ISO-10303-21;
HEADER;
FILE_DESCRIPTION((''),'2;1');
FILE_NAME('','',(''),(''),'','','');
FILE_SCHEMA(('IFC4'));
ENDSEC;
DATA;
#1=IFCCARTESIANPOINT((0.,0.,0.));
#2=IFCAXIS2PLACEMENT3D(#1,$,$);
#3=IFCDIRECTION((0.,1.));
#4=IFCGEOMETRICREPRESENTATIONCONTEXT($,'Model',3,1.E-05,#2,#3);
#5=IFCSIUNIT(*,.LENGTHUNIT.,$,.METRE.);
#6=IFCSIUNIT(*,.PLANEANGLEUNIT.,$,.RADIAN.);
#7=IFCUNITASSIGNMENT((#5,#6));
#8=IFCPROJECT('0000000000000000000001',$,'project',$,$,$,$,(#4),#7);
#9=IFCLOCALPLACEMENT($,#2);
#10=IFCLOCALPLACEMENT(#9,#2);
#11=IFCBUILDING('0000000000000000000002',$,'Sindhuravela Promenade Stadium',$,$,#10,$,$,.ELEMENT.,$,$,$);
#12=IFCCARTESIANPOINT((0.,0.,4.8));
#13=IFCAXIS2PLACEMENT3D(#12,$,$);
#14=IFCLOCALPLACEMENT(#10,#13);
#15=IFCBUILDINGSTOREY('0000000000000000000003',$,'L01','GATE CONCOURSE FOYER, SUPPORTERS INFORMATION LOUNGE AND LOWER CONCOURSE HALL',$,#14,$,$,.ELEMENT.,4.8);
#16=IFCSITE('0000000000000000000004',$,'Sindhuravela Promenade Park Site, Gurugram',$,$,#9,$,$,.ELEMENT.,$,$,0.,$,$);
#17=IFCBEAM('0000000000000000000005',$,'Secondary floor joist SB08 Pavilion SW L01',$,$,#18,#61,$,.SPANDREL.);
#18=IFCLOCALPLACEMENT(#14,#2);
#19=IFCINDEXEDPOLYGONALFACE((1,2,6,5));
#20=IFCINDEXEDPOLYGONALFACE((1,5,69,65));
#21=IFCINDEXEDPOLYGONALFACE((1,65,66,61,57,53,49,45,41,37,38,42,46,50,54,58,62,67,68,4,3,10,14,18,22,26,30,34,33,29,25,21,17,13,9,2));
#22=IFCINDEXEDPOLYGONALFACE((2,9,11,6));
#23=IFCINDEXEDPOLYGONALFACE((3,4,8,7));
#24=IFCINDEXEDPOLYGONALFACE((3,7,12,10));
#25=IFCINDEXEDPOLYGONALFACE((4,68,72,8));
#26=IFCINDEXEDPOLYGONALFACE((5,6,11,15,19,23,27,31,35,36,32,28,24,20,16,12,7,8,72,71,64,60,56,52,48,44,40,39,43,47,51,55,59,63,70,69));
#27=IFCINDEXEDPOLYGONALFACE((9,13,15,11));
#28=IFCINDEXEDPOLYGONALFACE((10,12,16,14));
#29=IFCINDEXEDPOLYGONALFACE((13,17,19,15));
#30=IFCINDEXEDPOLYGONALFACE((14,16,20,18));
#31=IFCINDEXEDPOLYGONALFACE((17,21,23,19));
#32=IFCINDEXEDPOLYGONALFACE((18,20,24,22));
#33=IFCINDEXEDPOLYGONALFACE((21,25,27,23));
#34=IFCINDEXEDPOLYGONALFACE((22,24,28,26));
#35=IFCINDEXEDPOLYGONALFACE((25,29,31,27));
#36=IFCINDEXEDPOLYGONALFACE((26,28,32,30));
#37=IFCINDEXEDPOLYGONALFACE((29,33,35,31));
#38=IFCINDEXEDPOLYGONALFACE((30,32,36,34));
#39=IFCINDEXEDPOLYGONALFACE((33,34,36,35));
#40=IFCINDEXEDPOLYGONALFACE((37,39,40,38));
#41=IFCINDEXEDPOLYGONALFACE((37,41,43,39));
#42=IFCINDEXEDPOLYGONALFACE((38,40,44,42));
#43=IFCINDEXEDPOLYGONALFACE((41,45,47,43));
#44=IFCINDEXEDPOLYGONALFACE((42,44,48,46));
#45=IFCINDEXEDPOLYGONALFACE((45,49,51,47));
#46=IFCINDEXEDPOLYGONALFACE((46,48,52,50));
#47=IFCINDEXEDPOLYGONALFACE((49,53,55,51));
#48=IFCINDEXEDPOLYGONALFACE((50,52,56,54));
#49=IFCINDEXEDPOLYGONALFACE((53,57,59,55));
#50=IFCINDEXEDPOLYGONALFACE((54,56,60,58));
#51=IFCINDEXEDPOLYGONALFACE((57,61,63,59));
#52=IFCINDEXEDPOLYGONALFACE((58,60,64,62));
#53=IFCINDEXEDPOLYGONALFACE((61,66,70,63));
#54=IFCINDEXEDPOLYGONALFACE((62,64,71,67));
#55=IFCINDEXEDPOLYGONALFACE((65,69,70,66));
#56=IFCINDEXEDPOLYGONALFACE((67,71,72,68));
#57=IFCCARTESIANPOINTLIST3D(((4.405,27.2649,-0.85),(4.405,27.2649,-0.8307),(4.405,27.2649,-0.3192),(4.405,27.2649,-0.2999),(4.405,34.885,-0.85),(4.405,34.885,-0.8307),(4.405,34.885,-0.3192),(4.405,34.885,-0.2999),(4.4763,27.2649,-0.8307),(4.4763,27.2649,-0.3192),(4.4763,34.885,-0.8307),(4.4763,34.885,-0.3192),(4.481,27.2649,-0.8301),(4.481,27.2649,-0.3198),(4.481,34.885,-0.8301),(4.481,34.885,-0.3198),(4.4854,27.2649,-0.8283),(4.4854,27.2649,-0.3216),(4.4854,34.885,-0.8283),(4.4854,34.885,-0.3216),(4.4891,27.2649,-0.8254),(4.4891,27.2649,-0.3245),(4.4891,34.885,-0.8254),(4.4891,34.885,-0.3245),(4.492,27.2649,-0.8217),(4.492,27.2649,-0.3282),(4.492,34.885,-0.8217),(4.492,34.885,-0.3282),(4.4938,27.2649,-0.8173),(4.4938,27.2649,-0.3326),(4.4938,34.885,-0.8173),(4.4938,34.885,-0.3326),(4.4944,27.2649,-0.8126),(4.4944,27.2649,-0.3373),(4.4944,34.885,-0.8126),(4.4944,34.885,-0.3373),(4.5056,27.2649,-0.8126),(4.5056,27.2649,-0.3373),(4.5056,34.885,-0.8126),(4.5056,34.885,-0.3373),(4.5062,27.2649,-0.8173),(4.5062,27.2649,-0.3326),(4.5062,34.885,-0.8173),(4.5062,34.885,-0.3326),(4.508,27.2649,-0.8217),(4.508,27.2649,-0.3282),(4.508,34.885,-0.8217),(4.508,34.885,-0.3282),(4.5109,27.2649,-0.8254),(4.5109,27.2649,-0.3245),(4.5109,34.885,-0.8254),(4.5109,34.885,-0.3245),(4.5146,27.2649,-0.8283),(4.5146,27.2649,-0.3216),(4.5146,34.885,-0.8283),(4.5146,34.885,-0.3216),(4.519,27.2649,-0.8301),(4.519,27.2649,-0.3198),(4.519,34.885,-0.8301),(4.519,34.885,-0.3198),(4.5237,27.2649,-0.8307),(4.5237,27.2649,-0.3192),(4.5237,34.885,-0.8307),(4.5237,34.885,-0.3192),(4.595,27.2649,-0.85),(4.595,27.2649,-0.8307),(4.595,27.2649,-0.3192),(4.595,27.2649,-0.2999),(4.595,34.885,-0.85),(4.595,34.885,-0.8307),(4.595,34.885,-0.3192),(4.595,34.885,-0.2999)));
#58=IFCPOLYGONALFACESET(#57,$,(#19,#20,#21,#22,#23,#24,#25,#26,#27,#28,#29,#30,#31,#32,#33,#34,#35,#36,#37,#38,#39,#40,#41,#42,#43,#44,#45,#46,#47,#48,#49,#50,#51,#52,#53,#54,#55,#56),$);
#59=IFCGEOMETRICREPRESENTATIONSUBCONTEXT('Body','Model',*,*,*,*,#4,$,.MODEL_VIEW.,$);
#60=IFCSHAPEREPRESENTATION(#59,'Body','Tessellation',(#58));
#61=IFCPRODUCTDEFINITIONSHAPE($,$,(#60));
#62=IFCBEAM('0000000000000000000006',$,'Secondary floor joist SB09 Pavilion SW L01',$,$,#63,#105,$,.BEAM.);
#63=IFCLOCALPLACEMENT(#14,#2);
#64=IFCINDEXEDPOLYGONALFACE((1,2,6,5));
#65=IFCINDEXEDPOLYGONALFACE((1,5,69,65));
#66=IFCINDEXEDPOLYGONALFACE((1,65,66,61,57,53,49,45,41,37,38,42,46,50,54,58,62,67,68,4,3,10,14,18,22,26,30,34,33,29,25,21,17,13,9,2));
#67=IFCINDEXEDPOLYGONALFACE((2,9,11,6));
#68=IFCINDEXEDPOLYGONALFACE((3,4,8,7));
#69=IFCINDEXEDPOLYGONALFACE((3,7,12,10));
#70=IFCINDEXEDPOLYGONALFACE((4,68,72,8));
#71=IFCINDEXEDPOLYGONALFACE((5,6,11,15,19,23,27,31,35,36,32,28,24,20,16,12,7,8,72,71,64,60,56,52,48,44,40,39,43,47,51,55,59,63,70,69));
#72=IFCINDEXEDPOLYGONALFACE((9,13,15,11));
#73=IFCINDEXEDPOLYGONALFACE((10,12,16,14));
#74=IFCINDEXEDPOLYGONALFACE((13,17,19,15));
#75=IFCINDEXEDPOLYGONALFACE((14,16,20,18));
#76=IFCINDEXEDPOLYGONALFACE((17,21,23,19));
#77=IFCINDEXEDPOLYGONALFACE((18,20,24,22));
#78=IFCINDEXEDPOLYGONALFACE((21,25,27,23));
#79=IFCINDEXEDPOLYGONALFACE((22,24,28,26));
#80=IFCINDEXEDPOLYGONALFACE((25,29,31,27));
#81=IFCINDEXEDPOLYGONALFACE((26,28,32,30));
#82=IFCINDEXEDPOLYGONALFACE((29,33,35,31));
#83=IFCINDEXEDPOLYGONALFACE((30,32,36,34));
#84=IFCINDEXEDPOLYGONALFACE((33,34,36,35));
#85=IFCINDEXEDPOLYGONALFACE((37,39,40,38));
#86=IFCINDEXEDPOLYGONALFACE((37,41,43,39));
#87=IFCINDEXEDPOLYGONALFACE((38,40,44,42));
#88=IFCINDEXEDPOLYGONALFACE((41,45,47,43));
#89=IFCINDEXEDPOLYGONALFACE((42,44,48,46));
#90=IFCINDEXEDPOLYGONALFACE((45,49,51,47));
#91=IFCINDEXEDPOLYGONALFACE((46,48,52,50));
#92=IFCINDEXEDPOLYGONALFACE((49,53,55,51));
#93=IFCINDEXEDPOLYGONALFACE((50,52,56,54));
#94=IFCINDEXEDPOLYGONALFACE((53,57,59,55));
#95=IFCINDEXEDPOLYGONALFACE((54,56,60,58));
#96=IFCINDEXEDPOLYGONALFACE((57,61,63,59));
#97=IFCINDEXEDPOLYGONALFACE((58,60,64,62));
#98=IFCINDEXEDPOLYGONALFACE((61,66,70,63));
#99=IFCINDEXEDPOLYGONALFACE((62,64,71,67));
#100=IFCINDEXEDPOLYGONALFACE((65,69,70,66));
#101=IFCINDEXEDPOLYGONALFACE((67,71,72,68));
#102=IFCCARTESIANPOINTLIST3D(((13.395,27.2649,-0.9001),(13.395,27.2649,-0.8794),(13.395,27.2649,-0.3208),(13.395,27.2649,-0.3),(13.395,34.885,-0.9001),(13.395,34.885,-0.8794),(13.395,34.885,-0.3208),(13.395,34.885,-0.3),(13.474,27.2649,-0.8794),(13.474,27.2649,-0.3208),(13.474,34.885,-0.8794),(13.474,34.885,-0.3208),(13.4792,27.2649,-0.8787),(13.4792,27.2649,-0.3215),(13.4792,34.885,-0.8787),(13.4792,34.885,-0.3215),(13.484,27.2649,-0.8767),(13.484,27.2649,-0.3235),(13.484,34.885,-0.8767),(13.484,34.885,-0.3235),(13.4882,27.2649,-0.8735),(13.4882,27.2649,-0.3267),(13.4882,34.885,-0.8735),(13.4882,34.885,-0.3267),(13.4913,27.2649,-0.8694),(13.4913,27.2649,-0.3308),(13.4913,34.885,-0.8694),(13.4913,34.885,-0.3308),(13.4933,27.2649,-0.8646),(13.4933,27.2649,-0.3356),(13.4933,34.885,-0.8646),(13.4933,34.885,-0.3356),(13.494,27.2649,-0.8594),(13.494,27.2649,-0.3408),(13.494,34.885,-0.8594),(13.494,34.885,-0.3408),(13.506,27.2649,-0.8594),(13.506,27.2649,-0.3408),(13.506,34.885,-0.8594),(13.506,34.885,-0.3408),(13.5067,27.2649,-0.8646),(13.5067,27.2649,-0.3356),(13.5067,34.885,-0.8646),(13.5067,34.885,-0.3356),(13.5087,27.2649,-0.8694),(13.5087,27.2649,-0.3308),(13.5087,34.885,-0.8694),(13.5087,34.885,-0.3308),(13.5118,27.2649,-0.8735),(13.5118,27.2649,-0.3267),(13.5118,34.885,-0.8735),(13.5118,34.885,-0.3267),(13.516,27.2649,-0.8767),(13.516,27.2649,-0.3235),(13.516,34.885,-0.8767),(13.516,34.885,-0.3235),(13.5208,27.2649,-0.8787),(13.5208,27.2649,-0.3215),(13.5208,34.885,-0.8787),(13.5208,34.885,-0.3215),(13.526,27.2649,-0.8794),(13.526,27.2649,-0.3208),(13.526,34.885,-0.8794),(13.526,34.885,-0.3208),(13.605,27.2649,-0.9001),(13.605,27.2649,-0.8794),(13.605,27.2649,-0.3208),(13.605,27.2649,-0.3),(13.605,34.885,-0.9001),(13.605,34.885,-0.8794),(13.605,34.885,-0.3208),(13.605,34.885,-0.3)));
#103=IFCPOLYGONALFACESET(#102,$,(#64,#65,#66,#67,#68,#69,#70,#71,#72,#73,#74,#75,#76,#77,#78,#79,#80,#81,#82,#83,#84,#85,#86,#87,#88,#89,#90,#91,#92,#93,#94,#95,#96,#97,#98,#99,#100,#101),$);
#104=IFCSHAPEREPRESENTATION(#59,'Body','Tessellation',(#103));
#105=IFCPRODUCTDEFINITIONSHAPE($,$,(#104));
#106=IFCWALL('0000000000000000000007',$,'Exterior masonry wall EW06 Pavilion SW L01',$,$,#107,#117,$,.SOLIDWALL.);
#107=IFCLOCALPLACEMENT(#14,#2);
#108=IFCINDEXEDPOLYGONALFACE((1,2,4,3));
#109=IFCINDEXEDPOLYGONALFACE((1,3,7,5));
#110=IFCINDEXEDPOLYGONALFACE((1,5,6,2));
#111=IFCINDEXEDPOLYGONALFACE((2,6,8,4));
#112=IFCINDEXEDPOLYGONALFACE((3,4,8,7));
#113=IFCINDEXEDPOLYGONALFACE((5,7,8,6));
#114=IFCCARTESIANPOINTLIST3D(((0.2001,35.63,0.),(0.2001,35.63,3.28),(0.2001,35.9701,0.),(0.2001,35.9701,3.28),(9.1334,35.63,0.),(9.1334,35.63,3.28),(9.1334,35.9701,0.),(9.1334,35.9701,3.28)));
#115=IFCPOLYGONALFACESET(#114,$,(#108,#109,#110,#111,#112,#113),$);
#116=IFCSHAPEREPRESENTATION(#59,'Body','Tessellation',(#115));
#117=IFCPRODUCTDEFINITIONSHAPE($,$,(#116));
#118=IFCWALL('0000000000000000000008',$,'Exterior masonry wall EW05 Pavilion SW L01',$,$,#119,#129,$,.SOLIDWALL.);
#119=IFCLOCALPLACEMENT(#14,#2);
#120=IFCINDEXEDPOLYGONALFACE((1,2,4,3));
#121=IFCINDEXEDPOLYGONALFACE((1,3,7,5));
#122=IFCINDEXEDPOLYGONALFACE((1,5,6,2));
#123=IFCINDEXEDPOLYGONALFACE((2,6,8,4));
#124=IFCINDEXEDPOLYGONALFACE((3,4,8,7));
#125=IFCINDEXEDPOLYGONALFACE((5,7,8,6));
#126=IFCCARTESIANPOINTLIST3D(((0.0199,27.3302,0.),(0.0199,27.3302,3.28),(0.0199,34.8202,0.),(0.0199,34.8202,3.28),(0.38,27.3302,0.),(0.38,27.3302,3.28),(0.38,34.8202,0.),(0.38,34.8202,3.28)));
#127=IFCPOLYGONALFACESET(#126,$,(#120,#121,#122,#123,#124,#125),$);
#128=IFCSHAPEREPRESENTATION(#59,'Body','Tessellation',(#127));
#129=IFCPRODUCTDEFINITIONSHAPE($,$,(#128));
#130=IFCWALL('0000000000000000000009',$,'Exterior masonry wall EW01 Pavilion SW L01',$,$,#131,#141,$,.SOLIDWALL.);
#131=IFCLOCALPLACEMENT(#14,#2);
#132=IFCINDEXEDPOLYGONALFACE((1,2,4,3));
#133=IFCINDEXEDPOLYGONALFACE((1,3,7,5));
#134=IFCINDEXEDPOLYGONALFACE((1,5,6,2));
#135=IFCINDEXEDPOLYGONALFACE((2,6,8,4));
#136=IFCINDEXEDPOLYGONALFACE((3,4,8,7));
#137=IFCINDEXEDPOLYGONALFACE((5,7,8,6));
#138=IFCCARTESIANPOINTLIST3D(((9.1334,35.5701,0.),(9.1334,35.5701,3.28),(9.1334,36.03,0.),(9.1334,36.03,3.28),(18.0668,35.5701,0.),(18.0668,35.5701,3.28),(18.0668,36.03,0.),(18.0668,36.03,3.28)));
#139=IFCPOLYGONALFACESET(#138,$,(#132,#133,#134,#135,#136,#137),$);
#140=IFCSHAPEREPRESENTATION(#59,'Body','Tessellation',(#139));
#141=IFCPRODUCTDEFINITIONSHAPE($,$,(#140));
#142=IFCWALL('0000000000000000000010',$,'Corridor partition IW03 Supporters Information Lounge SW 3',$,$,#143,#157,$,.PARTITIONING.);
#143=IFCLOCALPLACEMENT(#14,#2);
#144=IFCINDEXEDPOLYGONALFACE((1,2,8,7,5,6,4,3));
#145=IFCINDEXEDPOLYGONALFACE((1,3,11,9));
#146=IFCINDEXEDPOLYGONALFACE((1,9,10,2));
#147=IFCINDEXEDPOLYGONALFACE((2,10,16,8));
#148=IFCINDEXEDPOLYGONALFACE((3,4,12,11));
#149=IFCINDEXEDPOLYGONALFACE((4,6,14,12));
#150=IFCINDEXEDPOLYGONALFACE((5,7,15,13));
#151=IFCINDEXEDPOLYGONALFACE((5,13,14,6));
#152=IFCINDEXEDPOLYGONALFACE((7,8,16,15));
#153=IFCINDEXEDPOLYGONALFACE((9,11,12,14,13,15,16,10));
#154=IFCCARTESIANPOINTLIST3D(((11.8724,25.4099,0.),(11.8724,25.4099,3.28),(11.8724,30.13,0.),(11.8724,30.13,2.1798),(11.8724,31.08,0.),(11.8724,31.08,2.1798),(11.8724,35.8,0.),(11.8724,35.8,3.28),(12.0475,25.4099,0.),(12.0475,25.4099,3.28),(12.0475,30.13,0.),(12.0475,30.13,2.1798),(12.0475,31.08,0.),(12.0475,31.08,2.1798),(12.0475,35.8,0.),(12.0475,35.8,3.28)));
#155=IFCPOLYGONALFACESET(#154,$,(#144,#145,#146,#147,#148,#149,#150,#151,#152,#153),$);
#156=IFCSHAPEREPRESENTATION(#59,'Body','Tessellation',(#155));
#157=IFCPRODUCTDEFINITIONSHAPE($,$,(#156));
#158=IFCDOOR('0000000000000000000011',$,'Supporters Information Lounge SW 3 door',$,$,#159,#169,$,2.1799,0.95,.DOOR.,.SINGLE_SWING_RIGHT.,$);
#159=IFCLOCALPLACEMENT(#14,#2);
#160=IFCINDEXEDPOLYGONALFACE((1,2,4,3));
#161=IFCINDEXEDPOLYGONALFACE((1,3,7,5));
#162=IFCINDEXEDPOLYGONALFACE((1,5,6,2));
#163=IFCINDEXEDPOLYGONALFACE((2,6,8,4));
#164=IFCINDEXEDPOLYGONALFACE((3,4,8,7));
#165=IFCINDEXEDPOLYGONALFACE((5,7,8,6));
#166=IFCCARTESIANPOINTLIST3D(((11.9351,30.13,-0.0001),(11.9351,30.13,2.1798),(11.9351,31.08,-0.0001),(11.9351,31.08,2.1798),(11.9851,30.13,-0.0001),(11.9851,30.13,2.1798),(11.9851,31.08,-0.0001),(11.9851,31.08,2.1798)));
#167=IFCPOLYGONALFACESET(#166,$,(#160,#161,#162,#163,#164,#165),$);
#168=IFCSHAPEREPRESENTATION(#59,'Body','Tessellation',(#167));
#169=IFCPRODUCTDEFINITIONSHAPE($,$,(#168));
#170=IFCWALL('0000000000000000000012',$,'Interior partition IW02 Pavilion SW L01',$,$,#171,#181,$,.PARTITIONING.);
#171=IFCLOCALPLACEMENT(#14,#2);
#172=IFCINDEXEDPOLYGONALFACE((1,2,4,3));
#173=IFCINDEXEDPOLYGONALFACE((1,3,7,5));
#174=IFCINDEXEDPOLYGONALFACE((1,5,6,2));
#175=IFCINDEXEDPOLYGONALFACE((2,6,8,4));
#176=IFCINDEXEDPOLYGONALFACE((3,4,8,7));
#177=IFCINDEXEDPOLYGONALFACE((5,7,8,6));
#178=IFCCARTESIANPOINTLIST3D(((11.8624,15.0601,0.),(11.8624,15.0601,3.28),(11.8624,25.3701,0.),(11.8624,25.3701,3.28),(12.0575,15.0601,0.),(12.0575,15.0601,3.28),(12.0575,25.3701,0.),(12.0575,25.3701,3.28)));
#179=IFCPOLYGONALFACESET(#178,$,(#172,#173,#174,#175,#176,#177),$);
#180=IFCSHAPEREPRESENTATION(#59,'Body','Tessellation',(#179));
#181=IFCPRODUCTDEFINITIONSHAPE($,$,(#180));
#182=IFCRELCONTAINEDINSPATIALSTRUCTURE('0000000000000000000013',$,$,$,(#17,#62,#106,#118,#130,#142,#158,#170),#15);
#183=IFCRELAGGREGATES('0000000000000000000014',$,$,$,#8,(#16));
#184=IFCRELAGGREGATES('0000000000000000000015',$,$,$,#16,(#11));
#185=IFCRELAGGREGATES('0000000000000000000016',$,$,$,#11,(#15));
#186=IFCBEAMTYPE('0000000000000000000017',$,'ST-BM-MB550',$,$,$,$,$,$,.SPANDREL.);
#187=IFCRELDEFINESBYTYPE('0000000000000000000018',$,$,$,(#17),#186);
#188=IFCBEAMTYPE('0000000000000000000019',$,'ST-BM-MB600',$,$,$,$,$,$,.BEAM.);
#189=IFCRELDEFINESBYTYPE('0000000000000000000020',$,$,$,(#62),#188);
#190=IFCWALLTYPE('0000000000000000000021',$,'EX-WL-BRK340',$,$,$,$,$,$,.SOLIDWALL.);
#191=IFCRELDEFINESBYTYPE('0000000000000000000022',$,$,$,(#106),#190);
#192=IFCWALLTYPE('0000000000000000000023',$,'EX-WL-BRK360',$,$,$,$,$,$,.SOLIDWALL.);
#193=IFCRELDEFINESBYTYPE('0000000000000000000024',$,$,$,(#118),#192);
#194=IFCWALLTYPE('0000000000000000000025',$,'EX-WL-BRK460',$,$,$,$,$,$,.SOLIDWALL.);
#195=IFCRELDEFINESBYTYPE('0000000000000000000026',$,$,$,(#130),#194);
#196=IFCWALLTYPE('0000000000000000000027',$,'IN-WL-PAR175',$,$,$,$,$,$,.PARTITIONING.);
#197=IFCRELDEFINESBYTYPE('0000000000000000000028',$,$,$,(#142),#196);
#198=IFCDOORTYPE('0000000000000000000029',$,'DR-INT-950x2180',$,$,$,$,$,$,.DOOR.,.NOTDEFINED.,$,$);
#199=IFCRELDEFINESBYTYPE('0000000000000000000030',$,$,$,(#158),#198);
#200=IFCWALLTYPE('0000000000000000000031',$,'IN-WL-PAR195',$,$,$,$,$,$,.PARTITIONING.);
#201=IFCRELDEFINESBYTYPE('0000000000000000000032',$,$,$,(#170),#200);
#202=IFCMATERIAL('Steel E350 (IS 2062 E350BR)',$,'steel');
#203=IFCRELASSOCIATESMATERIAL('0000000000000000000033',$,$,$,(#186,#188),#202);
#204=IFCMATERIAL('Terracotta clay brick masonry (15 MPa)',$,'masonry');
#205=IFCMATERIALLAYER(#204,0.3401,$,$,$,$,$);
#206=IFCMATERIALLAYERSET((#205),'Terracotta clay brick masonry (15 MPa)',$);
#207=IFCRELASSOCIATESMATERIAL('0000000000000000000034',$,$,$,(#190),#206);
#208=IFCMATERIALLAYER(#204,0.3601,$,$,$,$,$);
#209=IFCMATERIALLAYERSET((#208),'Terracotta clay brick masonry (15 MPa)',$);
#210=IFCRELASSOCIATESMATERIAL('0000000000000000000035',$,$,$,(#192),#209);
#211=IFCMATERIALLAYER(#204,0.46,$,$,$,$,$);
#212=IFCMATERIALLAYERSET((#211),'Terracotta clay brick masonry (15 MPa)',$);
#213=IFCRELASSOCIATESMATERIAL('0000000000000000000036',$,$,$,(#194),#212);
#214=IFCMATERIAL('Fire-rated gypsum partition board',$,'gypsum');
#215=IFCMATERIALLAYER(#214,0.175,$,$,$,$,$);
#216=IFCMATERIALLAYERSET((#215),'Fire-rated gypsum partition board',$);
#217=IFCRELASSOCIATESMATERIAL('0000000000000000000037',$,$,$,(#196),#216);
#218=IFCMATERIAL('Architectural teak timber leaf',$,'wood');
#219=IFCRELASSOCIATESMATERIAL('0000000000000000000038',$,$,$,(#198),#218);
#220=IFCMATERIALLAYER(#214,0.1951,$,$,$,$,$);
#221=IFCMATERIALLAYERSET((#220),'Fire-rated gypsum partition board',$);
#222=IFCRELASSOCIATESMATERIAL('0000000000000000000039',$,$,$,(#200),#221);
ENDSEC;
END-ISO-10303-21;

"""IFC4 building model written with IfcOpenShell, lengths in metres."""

from ifc_helpers import new_model, si_unit, direction, frame, frame_2d, origin, origin_2d, place, context, subcontext, project, spatial, rectangle, i_section, extrude, material, layer, layer_set, material_profile, profile_set, type_object, element, fill, save


model = new_model("IFC4")

# Units and contexts
model_context = context("Model", 3, precision=1e-05, world=origin(), true_north=direction((0.0, 1.0)))
body_context = subcontext(model_context, "Body", "Model", "MODEL_VIEW")
ifc_project = project(units=[si_unit("LENGTHUNIT", "METRE"), si_unit("PLANEANGLEUNIT", "RADIAN")], contexts=[model_context])

# Site, building, storey
site_placement = place(None, origin())
site = spatial("IfcSite", under=ifc_project, at=site_placement, Name="Sindhuravela Promenade Park Site, Gurugram", CompositionType="ELEMENT", RefElevation=0.0)
building_placement = place(site_placement, origin())
building = spatial("IfcBuilding", under=site, at=building_placement, Name="Sindhuravela Promenade Stadium", CompositionType="ELEMENT")
storey_placement = place(building_placement, frame((0.0, 0.0, 4.8)))
storey = spatial("IfcBuildingStorey", under=building, at=storey_placement, Name="L01", Description="GATE CONCOURSE FOYER, SUPPORTERS INFORMATION LOUNGE AND LOWER CONCOURSE HALL", CompositionType="ELEMENT", Elevation=4.8)

# Beams
ifc_material_1 = material(Name="Steel E350 (IS 2062 E350BR)", Category="steel")
ifc_material_profile_1 = material_profile(ifc_material_1, i_section(OverallWidth=0.1899, OverallDepth=0.55, WebThickness=0.0112, FlangeThickness=0.0193, FilletRadius=0.0181, at=origin_2d()), Name="ISMB 550")
ifc_profile_set_1 = profile_set([ifc_material_profile_1], Name="Steel E350 (IS 2062 E350BR)")
beam_type_1 = type_object("IfcBeamType", Name="ST-BM-MB550", PredefinedType="SPANDREL", material=ifc_profile_set_1)
beam_1_placement = place(storey_placement, frame((4.5, 27.2649, -0.575), z_axis=(0.0, 1.0, 0.0), x_axis=(-1.0, 0.0, 0.0)))
element("IfcBeam", 1, at=beam_1_placement, inside=storey, type_object=beam_type_1, Name="Secondary floor joist SB08 Pavilion SW L01", PredefinedType="SPANDREL", context=body_context, shape_type="SweptSolid", body=[
    extrude(i_section(OverallWidth=0.1899, OverallDepth=0.55, WebThickness=0.0112, FlangeThickness=0.0193, FilletRadius=0.0181, at=origin_2d()), origin(), (0.0, 0.0, 1.0), 7.6201),
])
ifc_material_profile_2 = material_profile(ifc_material_1, i_section(OverallWidth=0.21, OverallDepth=0.6001, WebThickness=0.012, FlangeThickness=0.0208, FilletRadius=0.02, at=origin_2d()), Name="ISMB 600")
ifc_profile_set_2 = profile_set([ifc_material_profile_2], Name="Steel E350 (IS 2062 E350BR)")
beam_type_2 = type_object("IfcBeamType", Name="ST-BM-MB600", PredefinedType="BEAM", material=ifc_profile_set_2)
beam_2_placement = place(storey_placement, frame((13.5, 27.2649, -0.6001), z_axis=(0.0, 1.0, 0.0), x_axis=(-1.0, 0.0, 0.0)))
element("IfcBeam", 2, at=beam_2_placement, inside=storey, type_object=beam_type_2, Name="Secondary floor joist SB09 Pavilion SW L01", PredefinedType="BEAM", context=body_context, shape_type="SweptSolid", body=[
    extrude(i_section(OverallWidth=0.21, OverallDepth=0.6001, WebThickness=0.012, FlangeThickness=0.0208, FilletRadius=0.02, at=origin_2d()), origin(), (0.0, 0.0, 1.0), 7.6201),
])

# Walls
ifc_material_2 = material(Name="Terracotta clay brick masonry (15 MPa)", Category="masonry")
ifc_layer_1 = layer(ifc_material_2, 0.3401)
ifc_layer_set_1 = layer_set([ifc_layer_1], Name="Terracotta clay brick masonry (15 MPa)")
wall_type_1 = type_object("IfcWallType", Name="EX-WL-BRK340", PredefinedType="SOLIDWALL", material=ifc_layer_set_1)
wall_1_placement = place(storey_placement, frame((0.2, 35.8, 0.0), z_axis=(0.0, 0.0, 1.0), x_axis=(1.0, 0.0, 0.0)))
element("IfcWall", 3, at=wall_1_placement, inside=storey, type_object=wall_type_1, Name="Exterior masonry wall EW06 Pavilion SW L01", PredefinedType="SOLIDWALL", context=body_context, shape_type="SweptSolid", body=[
    extrude(rectangle(XDim=8.9333, YDim=0.3401, at=frame_2d((4.4668, 0.0))), origin(), (0.0, 0.0, 1.0), 3.28),
])
ifc_layer_2 = layer(ifc_material_2, 0.3601)
ifc_layer_set_2 = layer_set([ifc_layer_2], Name="Terracotta clay brick masonry (15 MPa)")
wall_type_2 = type_object("IfcWallType", Name="EX-WL-BRK360", PredefinedType="SOLIDWALL", material=ifc_layer_set_2)
wall_2_placement = place(storey_placement, frame((0.2, 27.3301, 0.0), z_axis=(0.0, 0.0, 1.0), x_axis=(0.0, 1.0, 0.0)))
element("IfcWall", 4, at=wall_2_placement, inside=storey, type_object=wall_type_2, Name="Exterior masonry wall EW05 Pavilion SW L01", PredefinedType="SOLIDWALL", context=body_context, shape_type="SweptSolid", body=[
    extrude(rectangle(XDim=7.49, YDim=0.3601, at=frame_2d((3.7451, 0.0))), origin(), (0.0, 0.0, 1.0), 3.28),
])
ifc_layer_3 = layer(ifc_material_2, 0.46)
ifc_layer_set_3 = layer_set([ifc_layer_3], Name="Terracotta clay brick masonry (15 MPa)")
wall_type_3 = type_object("IfcWallType", Name="EX-WL-BRK460", PredefinedType="SOLIDWALL", material=ifc_layer_set_3)
wall_3_placement = place(storey_placement, frame((9.1333, 35.8, 0.0), z_axis=(0.0, 0.0, 1.0), x_axis=(1.0, 0.0, 0.0)))
element("IfcWall", 5, at=wall_3_placement, inside=storey, type_object=wall_type_3, Name="Exterior masonry wall EW01 Pavilion SW L01", PredefinedType="SOLIDWALL", context=body_context, shape_type="SweptSolid", body=[
    extrude(rectangle(XDim=8.9333, YDim=0.46, at=frame_2d((4.4668, 0.0))), origin(), (0.0, 0.0, 1.0), 3.28),
])

# Wall, opening, door
ifc_material_3 = material(Name="Fire-rated gypsum partition board", Category="gypsum")
ifc_layer_4 = layer(ifc_material_3, 0.175)
ifc_layer_set_4 = layer_set([ifc_layer_4], Name="Fire-rated gypsum partition board")
wall_type_4 = type_object("IfcWallType", Name="IN-WL-PAR175", PredefinedType="PARTITIONING", material=ifc_layer_set_4)
wall_4_placement = place(storey_placement, frame((11.96, 25.4099, 0.0), z_axis=(0.0, 0.0, 1.0), x_axis=(0.0, 1.0, 0.0)))
wall_4 = element("IfcWall", 6, at=wall_4_placement, inside=storey, type_object=wall_type_4, Name="Corridor partition IW03 Supporters Information Lounge SW 3", PredefinedType="PARTITIONING", context=body_context, shape_type="SweptSolid", body=[
    extrude(rectangle(XDim=10.3901, YDim=0.175, at=frame_2d((5.1951, 0.0))), origin(), (0.0, 0.0, 1.0), 3.28),
])
opening_placement = place(wall_4_placement, frame((4.72, 0.0, 0.0)))
opening = element("IfcOpeningElement", 7, at=opening_placement, cuts=wall_4, PredefinedType="OPENING", context=body_context, shape_type="SweptSolid", body=[
    extrude(rectangle(XDim=0.95, YDim=2.1799, at=frame_2d((0.4751, 1.0898))), frame((0.0, 0.0974, 0.0), z_axis=(0.0, -1.0, 0.0), x_axis=(1.0, 0.0, 0.0)), (0.0, 0.0, 1.0), 0.1951),
])
ifc_material_4 = material(Name="Architectural teak timber leaf", Category="wood")
door_type = type_object("IfcDoorType", Name="DR-INT-950x2180", OperationType="NOTDEFINED", PredefinedType="DOOR", material=ifc_material_4)
door_placement = place(opening_placement, origin())
door = element("IfcDoor", 8, at=door_placement, inside=storey, type_object=door_type, Name="Supporters Information Lounge SW 3 door", OperationType="SINGLE_SWING_RIGHT", OverallHeight=2.1799, OverallWidth=0.95, PredefinedType="DOOR", context=body_context, shape_type="SweptSolid", body=[
    extrude(rectangle(XDim=0.95, YDim=2.1799, at=frame_2d((0.4751, 1.0898))), frame((0.0, 0.0249, 0.0), z_axis=(0.0, -1.0, 0.0), x_axis=(1.0, 0.0, 0.0)), (0.0, 0.0, 1.0), 0.05),
])
fill(opening, door)

# Wall
ifc_layer_5 = layer(ifc_material_3, 0.1951)
ifc_layer_set_5 = layer_set([ifc_layer_5], Name="Fire-rated gypsum partition board")
wall_type_5 = type_object("IfcWallType", Name="IN-WL-PAR195", PredefinedType="PARTITIONING", material=ifc_layer_set_5)
wall_5_placement = place(storey_placement, frame((11.96, 25.3701, 0.0), z_axis=(0.0, 0.0, 1.0), x_axis=(0.0, -1.0, 0.0)))
element("IfcWall", 9, at=wall_5_placement, inside=storey, type_object=wall_type_5, Name="Interior partition IW02 Pavilion SW L01", PredefinedType="PARTITIONING", context=body_context, shape_type="SweptSolid", body=[
    extrude(rectangle(XDim=10.3101, YDim=0.1951, at=frame_2d((5.155, 0.0))), origin(), (0.0, 0.0, 1.0), 3.28),
])

save(model, "model.ifc")
